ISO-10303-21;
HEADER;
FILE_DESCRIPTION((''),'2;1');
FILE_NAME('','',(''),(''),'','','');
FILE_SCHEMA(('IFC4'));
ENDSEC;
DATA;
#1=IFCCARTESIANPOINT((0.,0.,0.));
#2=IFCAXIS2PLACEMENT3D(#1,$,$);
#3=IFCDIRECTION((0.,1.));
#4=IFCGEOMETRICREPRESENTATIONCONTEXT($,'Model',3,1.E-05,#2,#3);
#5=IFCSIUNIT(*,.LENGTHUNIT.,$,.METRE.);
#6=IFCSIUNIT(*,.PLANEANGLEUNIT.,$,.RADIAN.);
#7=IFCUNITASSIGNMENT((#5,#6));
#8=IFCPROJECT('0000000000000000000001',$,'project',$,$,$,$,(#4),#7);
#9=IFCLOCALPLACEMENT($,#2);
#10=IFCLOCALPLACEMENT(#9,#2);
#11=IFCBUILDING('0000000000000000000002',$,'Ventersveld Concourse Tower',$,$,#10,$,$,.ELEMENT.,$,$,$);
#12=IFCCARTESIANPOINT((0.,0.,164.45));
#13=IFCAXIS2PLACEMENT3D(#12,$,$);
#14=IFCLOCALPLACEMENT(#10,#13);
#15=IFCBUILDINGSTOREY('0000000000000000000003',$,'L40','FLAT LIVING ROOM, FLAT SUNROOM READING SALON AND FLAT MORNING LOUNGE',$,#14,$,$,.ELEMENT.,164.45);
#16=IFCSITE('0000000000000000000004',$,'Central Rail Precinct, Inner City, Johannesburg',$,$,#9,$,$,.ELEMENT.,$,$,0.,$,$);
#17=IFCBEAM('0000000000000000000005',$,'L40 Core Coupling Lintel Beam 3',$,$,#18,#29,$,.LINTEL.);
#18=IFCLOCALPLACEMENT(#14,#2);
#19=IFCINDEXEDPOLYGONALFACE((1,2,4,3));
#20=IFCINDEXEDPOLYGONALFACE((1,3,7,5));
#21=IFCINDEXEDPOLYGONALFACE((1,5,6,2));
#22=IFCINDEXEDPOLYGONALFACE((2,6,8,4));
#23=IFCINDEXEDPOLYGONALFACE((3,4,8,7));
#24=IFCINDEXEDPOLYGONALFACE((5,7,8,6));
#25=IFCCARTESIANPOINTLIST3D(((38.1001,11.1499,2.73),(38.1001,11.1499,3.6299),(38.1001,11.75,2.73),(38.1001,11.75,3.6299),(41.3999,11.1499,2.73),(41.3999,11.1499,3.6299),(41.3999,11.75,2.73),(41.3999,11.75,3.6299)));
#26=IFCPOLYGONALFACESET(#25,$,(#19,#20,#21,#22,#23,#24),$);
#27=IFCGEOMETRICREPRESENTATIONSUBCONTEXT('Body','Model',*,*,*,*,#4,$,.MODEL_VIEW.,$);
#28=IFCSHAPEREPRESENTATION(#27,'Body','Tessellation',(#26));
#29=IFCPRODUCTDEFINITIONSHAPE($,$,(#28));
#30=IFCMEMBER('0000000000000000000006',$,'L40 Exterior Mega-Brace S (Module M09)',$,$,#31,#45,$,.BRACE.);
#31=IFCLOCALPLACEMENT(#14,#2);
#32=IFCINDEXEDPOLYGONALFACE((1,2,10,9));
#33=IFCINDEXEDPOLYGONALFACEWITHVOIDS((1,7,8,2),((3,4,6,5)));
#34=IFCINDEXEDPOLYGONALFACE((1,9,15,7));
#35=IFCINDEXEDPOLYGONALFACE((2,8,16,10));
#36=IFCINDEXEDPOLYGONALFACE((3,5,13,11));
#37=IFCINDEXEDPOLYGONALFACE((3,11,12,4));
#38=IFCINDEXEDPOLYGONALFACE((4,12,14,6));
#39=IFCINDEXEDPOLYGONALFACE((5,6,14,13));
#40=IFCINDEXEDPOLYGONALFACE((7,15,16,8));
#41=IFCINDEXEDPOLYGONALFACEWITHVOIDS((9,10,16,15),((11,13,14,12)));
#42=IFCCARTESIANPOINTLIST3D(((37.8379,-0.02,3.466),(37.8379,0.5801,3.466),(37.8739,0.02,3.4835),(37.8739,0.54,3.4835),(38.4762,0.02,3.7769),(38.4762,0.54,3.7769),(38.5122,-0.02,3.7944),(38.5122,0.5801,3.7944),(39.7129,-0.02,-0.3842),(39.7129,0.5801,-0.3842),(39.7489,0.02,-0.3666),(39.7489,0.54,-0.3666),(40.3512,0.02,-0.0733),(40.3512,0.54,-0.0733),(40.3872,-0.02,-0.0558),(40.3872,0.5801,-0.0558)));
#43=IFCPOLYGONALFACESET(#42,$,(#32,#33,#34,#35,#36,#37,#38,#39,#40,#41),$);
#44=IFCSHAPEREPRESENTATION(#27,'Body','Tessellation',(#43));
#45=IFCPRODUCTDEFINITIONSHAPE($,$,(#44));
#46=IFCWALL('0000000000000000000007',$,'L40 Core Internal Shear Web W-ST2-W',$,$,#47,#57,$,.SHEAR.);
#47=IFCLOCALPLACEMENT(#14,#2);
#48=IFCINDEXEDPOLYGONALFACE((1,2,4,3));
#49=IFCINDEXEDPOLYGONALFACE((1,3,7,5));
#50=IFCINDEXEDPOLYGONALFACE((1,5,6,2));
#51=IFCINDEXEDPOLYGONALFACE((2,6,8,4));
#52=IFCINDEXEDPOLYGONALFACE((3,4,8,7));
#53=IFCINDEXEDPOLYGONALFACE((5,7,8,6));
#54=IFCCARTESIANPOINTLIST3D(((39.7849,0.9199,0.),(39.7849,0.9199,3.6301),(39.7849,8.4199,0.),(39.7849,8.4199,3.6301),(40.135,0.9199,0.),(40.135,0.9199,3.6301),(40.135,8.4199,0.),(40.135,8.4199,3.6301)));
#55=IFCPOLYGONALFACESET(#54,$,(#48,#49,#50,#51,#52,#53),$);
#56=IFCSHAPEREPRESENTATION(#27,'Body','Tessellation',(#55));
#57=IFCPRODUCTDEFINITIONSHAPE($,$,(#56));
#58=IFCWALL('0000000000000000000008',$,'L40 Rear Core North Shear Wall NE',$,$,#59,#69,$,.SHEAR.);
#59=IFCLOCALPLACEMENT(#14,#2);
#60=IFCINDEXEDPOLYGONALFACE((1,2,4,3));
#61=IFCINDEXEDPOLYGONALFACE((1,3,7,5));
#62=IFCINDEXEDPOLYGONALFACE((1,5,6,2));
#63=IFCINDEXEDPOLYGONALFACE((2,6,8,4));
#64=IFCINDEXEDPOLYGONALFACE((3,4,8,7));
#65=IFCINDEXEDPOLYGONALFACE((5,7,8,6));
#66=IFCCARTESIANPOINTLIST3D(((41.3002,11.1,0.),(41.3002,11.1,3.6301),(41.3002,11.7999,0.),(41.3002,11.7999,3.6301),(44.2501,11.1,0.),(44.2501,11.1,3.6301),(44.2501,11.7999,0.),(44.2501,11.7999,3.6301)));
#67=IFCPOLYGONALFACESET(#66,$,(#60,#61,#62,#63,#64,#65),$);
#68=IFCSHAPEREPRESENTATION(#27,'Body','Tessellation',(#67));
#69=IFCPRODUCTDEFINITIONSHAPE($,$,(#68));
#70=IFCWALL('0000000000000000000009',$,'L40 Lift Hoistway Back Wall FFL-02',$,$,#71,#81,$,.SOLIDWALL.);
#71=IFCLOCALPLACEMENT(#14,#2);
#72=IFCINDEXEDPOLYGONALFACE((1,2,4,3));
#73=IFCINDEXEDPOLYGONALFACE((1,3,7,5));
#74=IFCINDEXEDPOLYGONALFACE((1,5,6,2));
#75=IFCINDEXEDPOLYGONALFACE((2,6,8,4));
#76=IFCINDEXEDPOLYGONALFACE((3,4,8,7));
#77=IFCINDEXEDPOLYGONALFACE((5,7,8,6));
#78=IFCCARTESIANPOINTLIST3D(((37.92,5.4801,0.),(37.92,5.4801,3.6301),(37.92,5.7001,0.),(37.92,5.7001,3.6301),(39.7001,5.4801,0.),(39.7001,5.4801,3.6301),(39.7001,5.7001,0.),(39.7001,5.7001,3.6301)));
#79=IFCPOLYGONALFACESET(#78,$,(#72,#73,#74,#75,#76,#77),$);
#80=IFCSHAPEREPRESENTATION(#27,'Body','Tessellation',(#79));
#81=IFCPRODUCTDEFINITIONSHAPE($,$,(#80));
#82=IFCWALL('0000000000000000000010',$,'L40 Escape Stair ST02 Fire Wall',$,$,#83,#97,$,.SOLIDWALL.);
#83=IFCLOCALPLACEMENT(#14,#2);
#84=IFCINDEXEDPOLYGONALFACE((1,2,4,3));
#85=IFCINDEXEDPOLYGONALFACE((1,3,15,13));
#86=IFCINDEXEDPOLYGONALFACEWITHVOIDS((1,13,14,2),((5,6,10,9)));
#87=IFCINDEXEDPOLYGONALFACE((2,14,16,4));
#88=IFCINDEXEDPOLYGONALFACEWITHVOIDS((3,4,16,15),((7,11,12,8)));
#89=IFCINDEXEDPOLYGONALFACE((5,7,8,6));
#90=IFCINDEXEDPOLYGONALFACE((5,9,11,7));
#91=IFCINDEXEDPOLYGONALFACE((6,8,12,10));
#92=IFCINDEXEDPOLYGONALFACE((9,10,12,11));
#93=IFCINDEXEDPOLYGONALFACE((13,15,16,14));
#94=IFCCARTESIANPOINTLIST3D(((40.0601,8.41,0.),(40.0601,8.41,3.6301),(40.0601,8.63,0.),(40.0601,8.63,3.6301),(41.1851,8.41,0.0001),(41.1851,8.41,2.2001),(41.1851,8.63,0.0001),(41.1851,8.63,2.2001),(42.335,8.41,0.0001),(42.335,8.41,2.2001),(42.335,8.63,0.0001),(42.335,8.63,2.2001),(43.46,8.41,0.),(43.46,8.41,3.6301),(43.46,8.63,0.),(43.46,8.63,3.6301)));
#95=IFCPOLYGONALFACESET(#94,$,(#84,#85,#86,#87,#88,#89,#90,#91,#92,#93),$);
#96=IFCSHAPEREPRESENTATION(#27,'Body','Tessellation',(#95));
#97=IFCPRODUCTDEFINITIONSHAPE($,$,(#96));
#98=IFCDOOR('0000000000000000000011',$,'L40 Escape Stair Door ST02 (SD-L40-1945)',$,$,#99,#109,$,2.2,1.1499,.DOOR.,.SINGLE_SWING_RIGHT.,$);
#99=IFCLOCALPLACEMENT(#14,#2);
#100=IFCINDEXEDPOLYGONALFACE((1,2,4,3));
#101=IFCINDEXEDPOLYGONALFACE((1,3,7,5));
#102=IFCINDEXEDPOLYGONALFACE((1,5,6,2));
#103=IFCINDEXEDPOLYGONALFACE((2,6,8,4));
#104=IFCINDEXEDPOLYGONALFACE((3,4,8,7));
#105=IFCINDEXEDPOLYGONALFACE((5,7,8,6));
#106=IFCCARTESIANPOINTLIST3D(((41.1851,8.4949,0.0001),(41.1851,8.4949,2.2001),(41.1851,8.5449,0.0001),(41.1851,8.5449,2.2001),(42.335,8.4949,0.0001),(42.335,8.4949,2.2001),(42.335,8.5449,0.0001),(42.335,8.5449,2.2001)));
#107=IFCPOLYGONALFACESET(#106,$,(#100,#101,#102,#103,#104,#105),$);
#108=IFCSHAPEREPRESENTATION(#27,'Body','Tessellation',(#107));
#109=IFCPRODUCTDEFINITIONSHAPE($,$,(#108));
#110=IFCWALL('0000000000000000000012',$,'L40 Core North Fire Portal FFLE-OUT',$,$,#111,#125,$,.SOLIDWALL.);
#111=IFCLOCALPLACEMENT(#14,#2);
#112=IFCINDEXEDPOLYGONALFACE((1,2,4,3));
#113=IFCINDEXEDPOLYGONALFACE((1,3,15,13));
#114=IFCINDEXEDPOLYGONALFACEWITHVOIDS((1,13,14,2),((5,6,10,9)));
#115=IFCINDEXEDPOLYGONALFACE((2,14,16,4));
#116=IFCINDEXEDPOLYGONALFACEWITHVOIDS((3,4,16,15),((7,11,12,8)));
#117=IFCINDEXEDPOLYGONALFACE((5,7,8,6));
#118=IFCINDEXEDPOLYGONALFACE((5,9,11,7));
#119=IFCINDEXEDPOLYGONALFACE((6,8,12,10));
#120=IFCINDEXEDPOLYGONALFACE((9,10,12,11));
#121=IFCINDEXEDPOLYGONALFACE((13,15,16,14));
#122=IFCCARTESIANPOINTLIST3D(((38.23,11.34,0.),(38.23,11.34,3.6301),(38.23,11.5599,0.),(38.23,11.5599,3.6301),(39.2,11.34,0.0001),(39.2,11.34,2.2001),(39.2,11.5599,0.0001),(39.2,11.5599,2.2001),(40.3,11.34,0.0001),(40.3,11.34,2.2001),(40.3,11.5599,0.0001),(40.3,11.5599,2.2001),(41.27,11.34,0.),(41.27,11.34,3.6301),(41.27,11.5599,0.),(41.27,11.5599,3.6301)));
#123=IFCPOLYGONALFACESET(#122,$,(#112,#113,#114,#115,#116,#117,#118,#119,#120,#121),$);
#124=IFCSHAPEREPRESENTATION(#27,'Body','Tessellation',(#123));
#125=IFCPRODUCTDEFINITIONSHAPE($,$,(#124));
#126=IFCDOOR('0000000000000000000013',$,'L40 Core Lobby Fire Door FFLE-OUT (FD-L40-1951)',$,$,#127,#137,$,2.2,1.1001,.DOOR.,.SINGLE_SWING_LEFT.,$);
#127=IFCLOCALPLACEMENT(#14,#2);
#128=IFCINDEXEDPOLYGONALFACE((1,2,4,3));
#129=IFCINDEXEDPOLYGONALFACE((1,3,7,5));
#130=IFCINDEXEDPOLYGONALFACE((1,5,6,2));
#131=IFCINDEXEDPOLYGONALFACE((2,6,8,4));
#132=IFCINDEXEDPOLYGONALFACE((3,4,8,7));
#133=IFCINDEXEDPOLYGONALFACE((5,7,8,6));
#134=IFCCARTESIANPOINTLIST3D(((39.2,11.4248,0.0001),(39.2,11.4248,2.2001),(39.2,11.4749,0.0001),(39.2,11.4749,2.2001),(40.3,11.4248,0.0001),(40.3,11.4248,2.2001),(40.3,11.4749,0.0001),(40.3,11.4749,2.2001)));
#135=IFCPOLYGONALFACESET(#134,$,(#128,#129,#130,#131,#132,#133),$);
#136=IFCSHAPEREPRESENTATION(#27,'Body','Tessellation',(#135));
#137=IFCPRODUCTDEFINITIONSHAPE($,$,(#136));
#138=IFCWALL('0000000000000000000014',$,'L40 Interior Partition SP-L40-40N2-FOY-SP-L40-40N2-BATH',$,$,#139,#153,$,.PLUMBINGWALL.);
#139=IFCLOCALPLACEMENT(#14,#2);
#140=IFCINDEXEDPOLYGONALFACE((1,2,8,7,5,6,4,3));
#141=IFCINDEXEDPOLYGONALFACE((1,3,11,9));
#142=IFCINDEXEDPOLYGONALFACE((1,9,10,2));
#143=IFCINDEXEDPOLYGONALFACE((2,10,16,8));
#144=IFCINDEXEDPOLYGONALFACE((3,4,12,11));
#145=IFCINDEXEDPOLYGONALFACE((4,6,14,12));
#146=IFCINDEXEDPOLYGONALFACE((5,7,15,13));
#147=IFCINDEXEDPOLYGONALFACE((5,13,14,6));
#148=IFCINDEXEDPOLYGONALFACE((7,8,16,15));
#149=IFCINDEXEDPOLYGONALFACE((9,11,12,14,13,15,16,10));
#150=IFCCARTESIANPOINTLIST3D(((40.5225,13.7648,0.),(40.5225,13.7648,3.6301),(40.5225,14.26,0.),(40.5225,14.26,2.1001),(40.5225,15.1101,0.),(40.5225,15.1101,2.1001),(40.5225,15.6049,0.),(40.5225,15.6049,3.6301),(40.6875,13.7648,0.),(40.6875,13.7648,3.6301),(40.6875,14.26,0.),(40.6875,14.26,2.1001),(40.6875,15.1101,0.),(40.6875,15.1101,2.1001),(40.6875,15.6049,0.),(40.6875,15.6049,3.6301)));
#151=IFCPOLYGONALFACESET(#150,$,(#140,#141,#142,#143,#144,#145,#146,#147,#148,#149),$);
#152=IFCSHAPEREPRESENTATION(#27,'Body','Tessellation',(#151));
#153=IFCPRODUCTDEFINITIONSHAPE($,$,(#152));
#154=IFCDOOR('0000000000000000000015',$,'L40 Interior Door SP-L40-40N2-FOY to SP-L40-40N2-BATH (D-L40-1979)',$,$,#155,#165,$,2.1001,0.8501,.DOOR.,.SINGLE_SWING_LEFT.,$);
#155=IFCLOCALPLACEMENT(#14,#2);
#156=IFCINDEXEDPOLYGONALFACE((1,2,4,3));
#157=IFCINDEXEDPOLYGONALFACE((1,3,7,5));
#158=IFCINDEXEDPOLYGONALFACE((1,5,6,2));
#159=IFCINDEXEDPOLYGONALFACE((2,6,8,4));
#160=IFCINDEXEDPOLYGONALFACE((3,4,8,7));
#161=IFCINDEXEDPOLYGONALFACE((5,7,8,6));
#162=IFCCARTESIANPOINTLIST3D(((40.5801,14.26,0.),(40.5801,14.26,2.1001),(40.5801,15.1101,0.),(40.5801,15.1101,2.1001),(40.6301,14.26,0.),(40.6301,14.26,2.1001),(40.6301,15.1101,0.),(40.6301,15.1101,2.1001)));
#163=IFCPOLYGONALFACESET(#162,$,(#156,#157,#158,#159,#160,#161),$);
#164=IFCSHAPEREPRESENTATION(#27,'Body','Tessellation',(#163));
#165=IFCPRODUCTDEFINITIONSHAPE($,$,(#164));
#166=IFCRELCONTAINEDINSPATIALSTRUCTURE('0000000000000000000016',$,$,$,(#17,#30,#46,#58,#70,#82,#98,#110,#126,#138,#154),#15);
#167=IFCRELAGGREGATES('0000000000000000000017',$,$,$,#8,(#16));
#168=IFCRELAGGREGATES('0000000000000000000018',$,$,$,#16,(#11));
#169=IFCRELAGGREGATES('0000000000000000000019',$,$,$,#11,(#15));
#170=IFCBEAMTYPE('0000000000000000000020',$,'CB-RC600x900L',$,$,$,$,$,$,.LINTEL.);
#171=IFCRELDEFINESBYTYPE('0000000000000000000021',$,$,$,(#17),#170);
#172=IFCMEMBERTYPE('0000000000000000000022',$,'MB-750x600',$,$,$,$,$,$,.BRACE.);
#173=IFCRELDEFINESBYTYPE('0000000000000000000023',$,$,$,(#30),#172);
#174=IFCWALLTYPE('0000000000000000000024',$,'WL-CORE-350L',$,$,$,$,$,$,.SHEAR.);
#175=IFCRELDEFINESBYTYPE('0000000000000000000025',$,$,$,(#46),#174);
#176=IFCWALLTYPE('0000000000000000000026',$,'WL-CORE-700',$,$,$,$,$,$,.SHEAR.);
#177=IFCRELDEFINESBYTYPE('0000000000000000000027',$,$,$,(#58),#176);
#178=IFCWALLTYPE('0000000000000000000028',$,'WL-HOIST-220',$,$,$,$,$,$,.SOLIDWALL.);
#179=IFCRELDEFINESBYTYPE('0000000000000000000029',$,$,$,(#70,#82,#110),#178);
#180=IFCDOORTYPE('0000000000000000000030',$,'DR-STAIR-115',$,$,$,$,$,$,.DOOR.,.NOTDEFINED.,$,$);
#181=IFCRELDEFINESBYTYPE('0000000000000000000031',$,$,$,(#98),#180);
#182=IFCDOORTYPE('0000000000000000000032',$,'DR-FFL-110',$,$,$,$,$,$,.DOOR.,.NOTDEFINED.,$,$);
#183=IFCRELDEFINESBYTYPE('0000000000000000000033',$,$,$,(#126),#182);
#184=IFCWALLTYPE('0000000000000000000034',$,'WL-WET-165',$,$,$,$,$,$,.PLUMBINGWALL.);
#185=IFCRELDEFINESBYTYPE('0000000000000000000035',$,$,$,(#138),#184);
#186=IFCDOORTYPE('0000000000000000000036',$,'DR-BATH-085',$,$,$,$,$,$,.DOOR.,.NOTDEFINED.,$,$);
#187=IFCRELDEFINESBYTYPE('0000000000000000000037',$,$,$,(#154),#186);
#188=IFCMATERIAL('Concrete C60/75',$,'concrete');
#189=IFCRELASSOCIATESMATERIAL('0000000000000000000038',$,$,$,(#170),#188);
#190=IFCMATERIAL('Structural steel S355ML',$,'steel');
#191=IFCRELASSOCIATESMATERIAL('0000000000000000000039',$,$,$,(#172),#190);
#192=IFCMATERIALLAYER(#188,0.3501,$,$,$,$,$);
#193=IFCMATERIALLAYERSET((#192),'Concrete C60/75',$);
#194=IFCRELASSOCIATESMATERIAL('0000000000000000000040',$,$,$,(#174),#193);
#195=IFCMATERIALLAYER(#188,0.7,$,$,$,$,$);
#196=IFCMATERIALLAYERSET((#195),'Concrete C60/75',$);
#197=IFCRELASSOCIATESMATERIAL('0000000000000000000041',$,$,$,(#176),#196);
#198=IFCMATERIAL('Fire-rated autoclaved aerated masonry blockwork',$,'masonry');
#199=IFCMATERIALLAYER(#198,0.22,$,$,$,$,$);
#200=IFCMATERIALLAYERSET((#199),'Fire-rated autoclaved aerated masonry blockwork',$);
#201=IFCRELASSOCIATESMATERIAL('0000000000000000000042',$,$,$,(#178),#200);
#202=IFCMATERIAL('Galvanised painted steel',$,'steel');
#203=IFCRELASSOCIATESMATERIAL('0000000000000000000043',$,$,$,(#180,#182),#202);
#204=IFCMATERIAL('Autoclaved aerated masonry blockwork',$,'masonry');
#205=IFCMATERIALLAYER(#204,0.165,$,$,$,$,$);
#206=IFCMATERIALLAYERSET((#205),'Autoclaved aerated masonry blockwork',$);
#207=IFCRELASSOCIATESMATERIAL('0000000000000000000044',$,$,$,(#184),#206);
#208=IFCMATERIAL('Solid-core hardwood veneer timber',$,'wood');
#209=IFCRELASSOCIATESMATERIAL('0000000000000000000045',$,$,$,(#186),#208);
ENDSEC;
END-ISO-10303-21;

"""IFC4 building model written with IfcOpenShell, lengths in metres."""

from ifc_helpers import new_model, si_unit, direction, frame, frame_2d, origin, origin_2d, place, context, subcontext, project, spatial, rectangle, hollow_rectangle, extrude, material, layer, layer_set, material_profile, profile_set, type_object, element, fill, save


model = new_model("IFC4")

# Units and contexts
model_context = context("Model", 3, precision=1e-05, world=origin(), true_north=direction((0.0, 1.0)))
body_context = subcontext(model_context, "Body", "Model", "MODEL_VIEW")
ifc_project = project(units=[si_unit("LENGTHUNIT", "METRE"), si_unit("PLANEANGLEUNIT", "RADIAN")], contexts=[model_context])

# Site, building, storey
site_placement = place(None, origin())
site = spatial("IfcSite", under=ifc_project, at=site_placement, Name="Central Rail Precinct, Inner City, Johannesburg", CompositionType="ELEMENT", RefElevation=0.0)
building_placement = place(site_placement, origin())
building = spatial("IfcBuilding", under=site, at=building_placement, Name="Ventersveld Concourse Tower", CompositionType="ELEMENT")
storey_placement = place(building_placement, frame((0.0, 0.0, 164.45)))
storey = spatial("IfcBuildingStorey", under=building, at=storey_placement, Name="L40", Description="FLAT LIVING ROOM, FLAT SUNROOM READING SALON AND FLAT MORNING LOUNGE", CompositionType="ELEMENT", Elevation=164.45)

# Beam
ifc_material_1 = material(Name="Concrete C60/75", Category="concrete")
ifc_material_profile_1 = material_profile(ifc_material_1, rectangle(XDim=0.6001, YDim=0.8999, at=origin_2d()), Name="RC 600x900")
ifc_profile_set_1 = profile_set([ifc_material_profile_1], Name="Concrete C60/75")
beam_type = type_object("IfcBeamType", Name="CB-RC600x900L", PredefinedType="LINTEL", material=ifc_profile_set_1)
beam_placement = place(storey_placement, frame((38.1001, 11.45, 3.1799), z_axis=(1.0, 0.0, 0.0), x_axis=(0.0, 1.0, 0.0)))
element("IfcBeam", 1, at=beam_placement, inside=storey, type_object=beam_type, Name="L40 Core Coupling Lintel Beam 3", PredefinedType="LINTEL", context=body_context, shape_type="SweptSolid", body=[
    extrude(rectangle(XDim=0.6001, YDim=0.8999, at=origin_2d()), origin(), (0.0, 0.0, 1.0), 3.2998),
])

# Member
ifc_material_2 = material(Name="Structural steel S355ML", Category="steel")
ifc_material_profile_2 = material_profile(ifc_material_2, hollow_rectangle(XDim=0.6001, YDim=0.75, WallThickness=0.04, at=origin_2d()), Name="BOX 750x600x40")
ifc_profile_set_2 = profile_set([ifc_material_profile_2], Name="Structural steel S355ML")
member_type = type_object("IfcMemberType", Name="MB-750x600", PredefinedType="BRACE", material=ifc_profile_set_2)
member_placement = place(storey_placement, frame((40.05, 0.28, -0.22), z_axis=(-0.437839, 0.0, 0.899053), x_axis=(0.0, -1.0, 0.0)))
element("IfcMember", 2, at=member_placement, inside=storey, type_object=member_type, Name="L40 Exterior Mega-Brace S (Module M09)", PredefinedType="BRACE", context=body_context, shape_type="SweptSolid", body=[
    extrude(hollow_rectangle(XDim=0.6001, YDim=0.75, WallThickness=0.04, at=origin_2d()), origin(), (0.0, 0.0, 1.0), 4.2825),
])

# Walls
ifc_layer_1 = layer(ifc_material_1, 0.3501)
ifc_layer_set_1 = layer_set([ifc_layer_1], Name="Concrete C60/75")
wall_type_1 = type_object("IfcWallType", Name="WL-CORE-350L", PredefinedType="SHEAR", material=ifc_layer_set_1)
wall_1_placement = place(storey_placement, frame((39.96, 0.9199, 0.0), z_axis=(0.0, 0.0, 1.0), x_axis=(0.0, 1.0, 0.0)))
element("IfcWall", 3, at=wall_1_placement, inside=storey, type_object=wall_type_1, Name="L40 Core Internal Shear Web W-ST2-W", PredefinedType="SHEAR", context=body_context, shape_type="SweptSolid", body=[
    extrude(rectangle(XDim=7.5, YDim=0.3501, at=frame_2d((3.75, 0.0))), origin(), (0.0, 0.0, 1.0), 3.6301),
])
ifc_layer_2 = layer(ifc_material_1, 0.7)
ifc_layer_set_2 = layer_set([ifc_layer_2], Name="Concrete C60/75")
wall_type_2 = type_object("IfcWallType", Name="WL-CORE-700", PredefinedType="SHEAR", material=ifc_layer_set_2)
wall_2_placement = place(storey_placement, frame((41.3, 11.45, 0.0), z_axis=(0.0, 0.0, 1.0), x_axis=(1.0, 0.0, 0.0)))
element("IfcWall", 4, at=wall_2_placement, inside=storey, type_object=wall_type_2, Name="L40 Rear Core North Shear Wall NE", PredefinedType="SHEAR", context=body_context, shape_type="SweptSolid", body=[
    extrude(rectangle(XDim=2.95, YDim=0.7, at=frame_2d((1.4751, 0.0))), origin(), (0.0, 0.0, 1.0), 3.6301),
])
ifc_material_3 = material(Name="Fire-rated autoclaved aerated masonry blockwork", Category="masonry")
ifc_layer_3 = layer(ifc_material_3, 0.22)
ifc_layer_set_3 = layer_set([ifc_layer_3], Name="Fire-rated autoclaved aerated masonry blockwork")
wall_type_3 = type_object("IfcWallType", Name="WL-HOIST-220", PredefinedType="SOLIDWALL", material=ifc_layer_set_3)
wall_3_placement = place(storey_placement, frame((37.9199, 5.5901, 0.0), z_axis=(0.0, 0.0, 1.0), x_axis=(1.0, 0.0, 0.0)))
element("IfcWall", 5, at=wall_3_placement, inside=storey, type_object=wall_type_3, Name="L40 Lift Hoistway Back Wall FFL-02", PredefinedType="SOLIDWALL", context=body_context, shape_type="SweptSolid", body=[
    extrude(rectangle(XDim=1.78, YDim=0.22, at=frame_2d((0.8901, 0.0))), origin(), (0.0, 0.0, 1.0), 3.6301),
])

# Walls, openings, doors
wall_4_placement = place(storey_placement, frame((40.0601, 8.52, 0.0), z_axis=(0.0, 0.0, 1.0), x_axis=(1.0, 0.0, 0.0)))
wall_4 = element("IfcWall", 6, at=wall_4_placement, inside=storey, type_object=wall_type_3, Name="L40 Escape Stair ST02 Fire Wall", PredefinedType="SOLIDWALL", context=body_context, shape_type="SweptSolid", body=[
    extrude(rectangle(XDim=3.3999, YDim=0.22, at=frame_2d((1.7, 0.0))), origin(), (0.0, 0.0, 1.0), 3.6301),
])
opening_1_placement = place(wall_4_placement, frame((1.125, 0.0, 0.0)))
opening_1 = element("IfcOpeningElement", 7, at=opening_1_placement, cuts=wall_4, PredefinedType="OPENING", context=body_context, shape_type="SweptSolid", body=[
    extrude(rectangle(XDim=1.1499, YDim=2.2, at=frame_2d((0.575, 1.1001))), frame((0.0, 0.1201, 0.0), z_axis=(0.0, -1.0, 0.0), x_axis=(1.0, 0.0, 0.0)), (0.0, 0.0, 1.0), 0.24),
])
ifc_material_4 = material(Name="Galvanised painted steel", Category="steel")
door_type_1 = type_object("IfcDoorType", Name="DR-STAIR-115", OperationType="NOTDEFINED", PredefinedType="DOOR", material=ifc_material_4)
door_1_placement = place(opening_1_placement, origin())
door_1 = element("IfcDoor", 8, at=door_1_placement, inside=storey, type_object=door_type_1, Name="L40 Escape Stair Door ST02 (SD-L40-1945)", OperationType="SINGLE_SWING_RIGHT", OverallHeight=2.2, OverallWidth=1.1499, PredefinedType="DOOR", context=body_context, shape_type="SweptSolid", body=[
    extrude(rectangle(XDim=1.1499, YDim=2.2, at=frame_2d((0.575, 1.1001))), frame((0.0, 0.0249, 0.0), z_axis=(0.0, -1.0, 0.0), x_axis=(1.0, 0.0, 0.0)), (0.0, 0.0, 1.0), 0.05),
])
fill(opening_1, door_1)
wall_5_placement = place(storey_placement, frame((38.23, 11.45, 0.0), z_axis=(0.0, 0.0, 1.0), x_axis=(1.0, 0.0, 0.0)))
wall_5 = element("IfcWall", 9, at=wall_5_placement, inside=storey, type_object=wall_type_3, Name="L40 Core North Fire Portal FFLE-OUT", PredefinedType="SOLIDWALL", context=body_context, shape_type="SweptSolid", body=[
    extrude(rectangle(XDim=3.04, YDim=0.22, at=frame_2d((1.52, 0.0))), origin(), (0.0, 0.0, 1.0), 3.6301),
])
opening_2_placement = place(wall_5_placement, frame((0.97, 0.0, 0.0)))
opening_2 = element("IfcOpeningElement", 10, at=opening_2_placement, cuts=wall_5, PredefinedType="OPENING", context=body_context, shape_type="SweptSolid", body=[
    extrude(rectangle(XDim=1.1001, YDim=2.2, at=frame_2d((0.55, 1.1001))), frame((0.0, 0.1201, 0.0), z_axis=(0.0, -1.0, 0.0), x_axis=(1.0, 0.0, 0.0)), (0.0, 0.0, 1.0), 0.24),
])
door_type_2 = type_object("IfcDoorType", Name="DR-FFL-110", OperationType="NOTDEFINED", PredefinedType="DOOR", material=ifc_material_4)
door_2_placement = place(opening_2_placement, origin())
door_2 = element("IfcDoor", 11, at=door_2_placement, inside=storey, type_object=door_type_2, Name="L40 Core Lobby Fire Door FFLE-OUT (FD-L40-1951)", OperationType="SINGLE_SWING_LEFT", OverallHeight=2.2, OverallWidth=1.1001, PredefinedType="DOOR", context=body_context, shape_type="SweptSolid", body=[
    extrude(rectangle(XDim=1.1001, YDim=2.2, at=frame_2d((0.55, 1.1001))), frame((0.0, 0.0249, 0.0), z_axis=(0.0, -1.0, 0.0), x_axis=(1.0, 0.0, 0.0)), (0.0, 0.0, 1.0), 0.05),
])
fill(opening_2, door_2)
ifc_material_5 = material(Name="Autoclaved aerated masonry blockwork", Category="masonry")
ifc_layer_4 = layer(ifc_material_5, 0.165)
ifc_layer_set_4 = layer_set([ifc_layer_4], Name="Autoclaved aerated masonry blockwork")
wall_type_4 = type_object("IfcWallType", Name="WL-WET-165", PredefinedType="PLUMBINGWALL", material=ifc_layer_set_4)
wall_6_placement = place(storey_placement, frame((40.605, 13.7649, 0.0), z_axis=(0.0, 0.0, 1.0), x_axis=(0.0, 1.0, 0.0)))
wall_6 = element("IfcWall", 12, at=wall_6_placement, inside=storey, type_object=wall_type_4, Name="L40 Interior Partition SP-L40-40N2-FOY-SP-L40-40N2-BATH", PredefinedType="PLUMBINGWALL", context=body_context, shape_type="SweptSolid", body=[
    extrude(rectangle(XDim=1.8401, YDim=0.165, at=frame_2d((0.9199, 0.0))), origin(), (0.0, 0.0, 1.0), 3.6301),
])
opening_3_placement = place(wall_6_placement, frame((0.4951, 0.0, 0.0)))
opening_3 = element("IfcOpeningElement", 13, at=opening_3_placement, cuts=wall_6, PredefinedType="OPENING", context=body_context, shape_type="SweptSolid", body=[
    extrude(rectangle(XDim=0.8501, YDim=2.1001, at=frame_2d((0.425, 1.05))), frame((0.0, 0.0925, 0.0), z_axis=(0.0, -1.0, 0.0), x_axis=(1.0, 0.0, 0.0)), (0.0, 0.0, 1.0), 0.1851),
])
ifc_material_6 = material(Name="Solid-core hardwood veneer timber", Category="wood")
door_type_3 = type_object("IfcDoorType", Name="DR-BATH-085", OperationType="NOTDEFINED", PredefinedType="DOOR", material=ifc_material_6)
door_3_placement = place(opening_3_placement, origin())
door_3 = element("IfcDoor", 14, at=door_3_placement, inside=storey, type_object=door_type_3, Name="L40 Interior Door SP-L40-40N2-FOY to SP-L40-40N2-BATH (D-L40-1979)", OperationType="SINGLE_SWING_LEFT", OverallHeight=2.1001, OverallWidth=0.8501, PredefinedType="DOOR", context=body_context, shape_type="SweptSolid", body=[
    extrude(rectangle(XDim=0.8501, YDim=2.1001, at=frame_2d((0.425, 1.05))), frame((0.0, 0.0249, 0.0), z_axis=(0.0, -1.0, 0.0), x_axis=(1.0, 0.0, 0.0)), (0.0, 0.0, 1.0), 0.05),
])
fill(opening_3, door_3)

save(model, "model.ifc")
